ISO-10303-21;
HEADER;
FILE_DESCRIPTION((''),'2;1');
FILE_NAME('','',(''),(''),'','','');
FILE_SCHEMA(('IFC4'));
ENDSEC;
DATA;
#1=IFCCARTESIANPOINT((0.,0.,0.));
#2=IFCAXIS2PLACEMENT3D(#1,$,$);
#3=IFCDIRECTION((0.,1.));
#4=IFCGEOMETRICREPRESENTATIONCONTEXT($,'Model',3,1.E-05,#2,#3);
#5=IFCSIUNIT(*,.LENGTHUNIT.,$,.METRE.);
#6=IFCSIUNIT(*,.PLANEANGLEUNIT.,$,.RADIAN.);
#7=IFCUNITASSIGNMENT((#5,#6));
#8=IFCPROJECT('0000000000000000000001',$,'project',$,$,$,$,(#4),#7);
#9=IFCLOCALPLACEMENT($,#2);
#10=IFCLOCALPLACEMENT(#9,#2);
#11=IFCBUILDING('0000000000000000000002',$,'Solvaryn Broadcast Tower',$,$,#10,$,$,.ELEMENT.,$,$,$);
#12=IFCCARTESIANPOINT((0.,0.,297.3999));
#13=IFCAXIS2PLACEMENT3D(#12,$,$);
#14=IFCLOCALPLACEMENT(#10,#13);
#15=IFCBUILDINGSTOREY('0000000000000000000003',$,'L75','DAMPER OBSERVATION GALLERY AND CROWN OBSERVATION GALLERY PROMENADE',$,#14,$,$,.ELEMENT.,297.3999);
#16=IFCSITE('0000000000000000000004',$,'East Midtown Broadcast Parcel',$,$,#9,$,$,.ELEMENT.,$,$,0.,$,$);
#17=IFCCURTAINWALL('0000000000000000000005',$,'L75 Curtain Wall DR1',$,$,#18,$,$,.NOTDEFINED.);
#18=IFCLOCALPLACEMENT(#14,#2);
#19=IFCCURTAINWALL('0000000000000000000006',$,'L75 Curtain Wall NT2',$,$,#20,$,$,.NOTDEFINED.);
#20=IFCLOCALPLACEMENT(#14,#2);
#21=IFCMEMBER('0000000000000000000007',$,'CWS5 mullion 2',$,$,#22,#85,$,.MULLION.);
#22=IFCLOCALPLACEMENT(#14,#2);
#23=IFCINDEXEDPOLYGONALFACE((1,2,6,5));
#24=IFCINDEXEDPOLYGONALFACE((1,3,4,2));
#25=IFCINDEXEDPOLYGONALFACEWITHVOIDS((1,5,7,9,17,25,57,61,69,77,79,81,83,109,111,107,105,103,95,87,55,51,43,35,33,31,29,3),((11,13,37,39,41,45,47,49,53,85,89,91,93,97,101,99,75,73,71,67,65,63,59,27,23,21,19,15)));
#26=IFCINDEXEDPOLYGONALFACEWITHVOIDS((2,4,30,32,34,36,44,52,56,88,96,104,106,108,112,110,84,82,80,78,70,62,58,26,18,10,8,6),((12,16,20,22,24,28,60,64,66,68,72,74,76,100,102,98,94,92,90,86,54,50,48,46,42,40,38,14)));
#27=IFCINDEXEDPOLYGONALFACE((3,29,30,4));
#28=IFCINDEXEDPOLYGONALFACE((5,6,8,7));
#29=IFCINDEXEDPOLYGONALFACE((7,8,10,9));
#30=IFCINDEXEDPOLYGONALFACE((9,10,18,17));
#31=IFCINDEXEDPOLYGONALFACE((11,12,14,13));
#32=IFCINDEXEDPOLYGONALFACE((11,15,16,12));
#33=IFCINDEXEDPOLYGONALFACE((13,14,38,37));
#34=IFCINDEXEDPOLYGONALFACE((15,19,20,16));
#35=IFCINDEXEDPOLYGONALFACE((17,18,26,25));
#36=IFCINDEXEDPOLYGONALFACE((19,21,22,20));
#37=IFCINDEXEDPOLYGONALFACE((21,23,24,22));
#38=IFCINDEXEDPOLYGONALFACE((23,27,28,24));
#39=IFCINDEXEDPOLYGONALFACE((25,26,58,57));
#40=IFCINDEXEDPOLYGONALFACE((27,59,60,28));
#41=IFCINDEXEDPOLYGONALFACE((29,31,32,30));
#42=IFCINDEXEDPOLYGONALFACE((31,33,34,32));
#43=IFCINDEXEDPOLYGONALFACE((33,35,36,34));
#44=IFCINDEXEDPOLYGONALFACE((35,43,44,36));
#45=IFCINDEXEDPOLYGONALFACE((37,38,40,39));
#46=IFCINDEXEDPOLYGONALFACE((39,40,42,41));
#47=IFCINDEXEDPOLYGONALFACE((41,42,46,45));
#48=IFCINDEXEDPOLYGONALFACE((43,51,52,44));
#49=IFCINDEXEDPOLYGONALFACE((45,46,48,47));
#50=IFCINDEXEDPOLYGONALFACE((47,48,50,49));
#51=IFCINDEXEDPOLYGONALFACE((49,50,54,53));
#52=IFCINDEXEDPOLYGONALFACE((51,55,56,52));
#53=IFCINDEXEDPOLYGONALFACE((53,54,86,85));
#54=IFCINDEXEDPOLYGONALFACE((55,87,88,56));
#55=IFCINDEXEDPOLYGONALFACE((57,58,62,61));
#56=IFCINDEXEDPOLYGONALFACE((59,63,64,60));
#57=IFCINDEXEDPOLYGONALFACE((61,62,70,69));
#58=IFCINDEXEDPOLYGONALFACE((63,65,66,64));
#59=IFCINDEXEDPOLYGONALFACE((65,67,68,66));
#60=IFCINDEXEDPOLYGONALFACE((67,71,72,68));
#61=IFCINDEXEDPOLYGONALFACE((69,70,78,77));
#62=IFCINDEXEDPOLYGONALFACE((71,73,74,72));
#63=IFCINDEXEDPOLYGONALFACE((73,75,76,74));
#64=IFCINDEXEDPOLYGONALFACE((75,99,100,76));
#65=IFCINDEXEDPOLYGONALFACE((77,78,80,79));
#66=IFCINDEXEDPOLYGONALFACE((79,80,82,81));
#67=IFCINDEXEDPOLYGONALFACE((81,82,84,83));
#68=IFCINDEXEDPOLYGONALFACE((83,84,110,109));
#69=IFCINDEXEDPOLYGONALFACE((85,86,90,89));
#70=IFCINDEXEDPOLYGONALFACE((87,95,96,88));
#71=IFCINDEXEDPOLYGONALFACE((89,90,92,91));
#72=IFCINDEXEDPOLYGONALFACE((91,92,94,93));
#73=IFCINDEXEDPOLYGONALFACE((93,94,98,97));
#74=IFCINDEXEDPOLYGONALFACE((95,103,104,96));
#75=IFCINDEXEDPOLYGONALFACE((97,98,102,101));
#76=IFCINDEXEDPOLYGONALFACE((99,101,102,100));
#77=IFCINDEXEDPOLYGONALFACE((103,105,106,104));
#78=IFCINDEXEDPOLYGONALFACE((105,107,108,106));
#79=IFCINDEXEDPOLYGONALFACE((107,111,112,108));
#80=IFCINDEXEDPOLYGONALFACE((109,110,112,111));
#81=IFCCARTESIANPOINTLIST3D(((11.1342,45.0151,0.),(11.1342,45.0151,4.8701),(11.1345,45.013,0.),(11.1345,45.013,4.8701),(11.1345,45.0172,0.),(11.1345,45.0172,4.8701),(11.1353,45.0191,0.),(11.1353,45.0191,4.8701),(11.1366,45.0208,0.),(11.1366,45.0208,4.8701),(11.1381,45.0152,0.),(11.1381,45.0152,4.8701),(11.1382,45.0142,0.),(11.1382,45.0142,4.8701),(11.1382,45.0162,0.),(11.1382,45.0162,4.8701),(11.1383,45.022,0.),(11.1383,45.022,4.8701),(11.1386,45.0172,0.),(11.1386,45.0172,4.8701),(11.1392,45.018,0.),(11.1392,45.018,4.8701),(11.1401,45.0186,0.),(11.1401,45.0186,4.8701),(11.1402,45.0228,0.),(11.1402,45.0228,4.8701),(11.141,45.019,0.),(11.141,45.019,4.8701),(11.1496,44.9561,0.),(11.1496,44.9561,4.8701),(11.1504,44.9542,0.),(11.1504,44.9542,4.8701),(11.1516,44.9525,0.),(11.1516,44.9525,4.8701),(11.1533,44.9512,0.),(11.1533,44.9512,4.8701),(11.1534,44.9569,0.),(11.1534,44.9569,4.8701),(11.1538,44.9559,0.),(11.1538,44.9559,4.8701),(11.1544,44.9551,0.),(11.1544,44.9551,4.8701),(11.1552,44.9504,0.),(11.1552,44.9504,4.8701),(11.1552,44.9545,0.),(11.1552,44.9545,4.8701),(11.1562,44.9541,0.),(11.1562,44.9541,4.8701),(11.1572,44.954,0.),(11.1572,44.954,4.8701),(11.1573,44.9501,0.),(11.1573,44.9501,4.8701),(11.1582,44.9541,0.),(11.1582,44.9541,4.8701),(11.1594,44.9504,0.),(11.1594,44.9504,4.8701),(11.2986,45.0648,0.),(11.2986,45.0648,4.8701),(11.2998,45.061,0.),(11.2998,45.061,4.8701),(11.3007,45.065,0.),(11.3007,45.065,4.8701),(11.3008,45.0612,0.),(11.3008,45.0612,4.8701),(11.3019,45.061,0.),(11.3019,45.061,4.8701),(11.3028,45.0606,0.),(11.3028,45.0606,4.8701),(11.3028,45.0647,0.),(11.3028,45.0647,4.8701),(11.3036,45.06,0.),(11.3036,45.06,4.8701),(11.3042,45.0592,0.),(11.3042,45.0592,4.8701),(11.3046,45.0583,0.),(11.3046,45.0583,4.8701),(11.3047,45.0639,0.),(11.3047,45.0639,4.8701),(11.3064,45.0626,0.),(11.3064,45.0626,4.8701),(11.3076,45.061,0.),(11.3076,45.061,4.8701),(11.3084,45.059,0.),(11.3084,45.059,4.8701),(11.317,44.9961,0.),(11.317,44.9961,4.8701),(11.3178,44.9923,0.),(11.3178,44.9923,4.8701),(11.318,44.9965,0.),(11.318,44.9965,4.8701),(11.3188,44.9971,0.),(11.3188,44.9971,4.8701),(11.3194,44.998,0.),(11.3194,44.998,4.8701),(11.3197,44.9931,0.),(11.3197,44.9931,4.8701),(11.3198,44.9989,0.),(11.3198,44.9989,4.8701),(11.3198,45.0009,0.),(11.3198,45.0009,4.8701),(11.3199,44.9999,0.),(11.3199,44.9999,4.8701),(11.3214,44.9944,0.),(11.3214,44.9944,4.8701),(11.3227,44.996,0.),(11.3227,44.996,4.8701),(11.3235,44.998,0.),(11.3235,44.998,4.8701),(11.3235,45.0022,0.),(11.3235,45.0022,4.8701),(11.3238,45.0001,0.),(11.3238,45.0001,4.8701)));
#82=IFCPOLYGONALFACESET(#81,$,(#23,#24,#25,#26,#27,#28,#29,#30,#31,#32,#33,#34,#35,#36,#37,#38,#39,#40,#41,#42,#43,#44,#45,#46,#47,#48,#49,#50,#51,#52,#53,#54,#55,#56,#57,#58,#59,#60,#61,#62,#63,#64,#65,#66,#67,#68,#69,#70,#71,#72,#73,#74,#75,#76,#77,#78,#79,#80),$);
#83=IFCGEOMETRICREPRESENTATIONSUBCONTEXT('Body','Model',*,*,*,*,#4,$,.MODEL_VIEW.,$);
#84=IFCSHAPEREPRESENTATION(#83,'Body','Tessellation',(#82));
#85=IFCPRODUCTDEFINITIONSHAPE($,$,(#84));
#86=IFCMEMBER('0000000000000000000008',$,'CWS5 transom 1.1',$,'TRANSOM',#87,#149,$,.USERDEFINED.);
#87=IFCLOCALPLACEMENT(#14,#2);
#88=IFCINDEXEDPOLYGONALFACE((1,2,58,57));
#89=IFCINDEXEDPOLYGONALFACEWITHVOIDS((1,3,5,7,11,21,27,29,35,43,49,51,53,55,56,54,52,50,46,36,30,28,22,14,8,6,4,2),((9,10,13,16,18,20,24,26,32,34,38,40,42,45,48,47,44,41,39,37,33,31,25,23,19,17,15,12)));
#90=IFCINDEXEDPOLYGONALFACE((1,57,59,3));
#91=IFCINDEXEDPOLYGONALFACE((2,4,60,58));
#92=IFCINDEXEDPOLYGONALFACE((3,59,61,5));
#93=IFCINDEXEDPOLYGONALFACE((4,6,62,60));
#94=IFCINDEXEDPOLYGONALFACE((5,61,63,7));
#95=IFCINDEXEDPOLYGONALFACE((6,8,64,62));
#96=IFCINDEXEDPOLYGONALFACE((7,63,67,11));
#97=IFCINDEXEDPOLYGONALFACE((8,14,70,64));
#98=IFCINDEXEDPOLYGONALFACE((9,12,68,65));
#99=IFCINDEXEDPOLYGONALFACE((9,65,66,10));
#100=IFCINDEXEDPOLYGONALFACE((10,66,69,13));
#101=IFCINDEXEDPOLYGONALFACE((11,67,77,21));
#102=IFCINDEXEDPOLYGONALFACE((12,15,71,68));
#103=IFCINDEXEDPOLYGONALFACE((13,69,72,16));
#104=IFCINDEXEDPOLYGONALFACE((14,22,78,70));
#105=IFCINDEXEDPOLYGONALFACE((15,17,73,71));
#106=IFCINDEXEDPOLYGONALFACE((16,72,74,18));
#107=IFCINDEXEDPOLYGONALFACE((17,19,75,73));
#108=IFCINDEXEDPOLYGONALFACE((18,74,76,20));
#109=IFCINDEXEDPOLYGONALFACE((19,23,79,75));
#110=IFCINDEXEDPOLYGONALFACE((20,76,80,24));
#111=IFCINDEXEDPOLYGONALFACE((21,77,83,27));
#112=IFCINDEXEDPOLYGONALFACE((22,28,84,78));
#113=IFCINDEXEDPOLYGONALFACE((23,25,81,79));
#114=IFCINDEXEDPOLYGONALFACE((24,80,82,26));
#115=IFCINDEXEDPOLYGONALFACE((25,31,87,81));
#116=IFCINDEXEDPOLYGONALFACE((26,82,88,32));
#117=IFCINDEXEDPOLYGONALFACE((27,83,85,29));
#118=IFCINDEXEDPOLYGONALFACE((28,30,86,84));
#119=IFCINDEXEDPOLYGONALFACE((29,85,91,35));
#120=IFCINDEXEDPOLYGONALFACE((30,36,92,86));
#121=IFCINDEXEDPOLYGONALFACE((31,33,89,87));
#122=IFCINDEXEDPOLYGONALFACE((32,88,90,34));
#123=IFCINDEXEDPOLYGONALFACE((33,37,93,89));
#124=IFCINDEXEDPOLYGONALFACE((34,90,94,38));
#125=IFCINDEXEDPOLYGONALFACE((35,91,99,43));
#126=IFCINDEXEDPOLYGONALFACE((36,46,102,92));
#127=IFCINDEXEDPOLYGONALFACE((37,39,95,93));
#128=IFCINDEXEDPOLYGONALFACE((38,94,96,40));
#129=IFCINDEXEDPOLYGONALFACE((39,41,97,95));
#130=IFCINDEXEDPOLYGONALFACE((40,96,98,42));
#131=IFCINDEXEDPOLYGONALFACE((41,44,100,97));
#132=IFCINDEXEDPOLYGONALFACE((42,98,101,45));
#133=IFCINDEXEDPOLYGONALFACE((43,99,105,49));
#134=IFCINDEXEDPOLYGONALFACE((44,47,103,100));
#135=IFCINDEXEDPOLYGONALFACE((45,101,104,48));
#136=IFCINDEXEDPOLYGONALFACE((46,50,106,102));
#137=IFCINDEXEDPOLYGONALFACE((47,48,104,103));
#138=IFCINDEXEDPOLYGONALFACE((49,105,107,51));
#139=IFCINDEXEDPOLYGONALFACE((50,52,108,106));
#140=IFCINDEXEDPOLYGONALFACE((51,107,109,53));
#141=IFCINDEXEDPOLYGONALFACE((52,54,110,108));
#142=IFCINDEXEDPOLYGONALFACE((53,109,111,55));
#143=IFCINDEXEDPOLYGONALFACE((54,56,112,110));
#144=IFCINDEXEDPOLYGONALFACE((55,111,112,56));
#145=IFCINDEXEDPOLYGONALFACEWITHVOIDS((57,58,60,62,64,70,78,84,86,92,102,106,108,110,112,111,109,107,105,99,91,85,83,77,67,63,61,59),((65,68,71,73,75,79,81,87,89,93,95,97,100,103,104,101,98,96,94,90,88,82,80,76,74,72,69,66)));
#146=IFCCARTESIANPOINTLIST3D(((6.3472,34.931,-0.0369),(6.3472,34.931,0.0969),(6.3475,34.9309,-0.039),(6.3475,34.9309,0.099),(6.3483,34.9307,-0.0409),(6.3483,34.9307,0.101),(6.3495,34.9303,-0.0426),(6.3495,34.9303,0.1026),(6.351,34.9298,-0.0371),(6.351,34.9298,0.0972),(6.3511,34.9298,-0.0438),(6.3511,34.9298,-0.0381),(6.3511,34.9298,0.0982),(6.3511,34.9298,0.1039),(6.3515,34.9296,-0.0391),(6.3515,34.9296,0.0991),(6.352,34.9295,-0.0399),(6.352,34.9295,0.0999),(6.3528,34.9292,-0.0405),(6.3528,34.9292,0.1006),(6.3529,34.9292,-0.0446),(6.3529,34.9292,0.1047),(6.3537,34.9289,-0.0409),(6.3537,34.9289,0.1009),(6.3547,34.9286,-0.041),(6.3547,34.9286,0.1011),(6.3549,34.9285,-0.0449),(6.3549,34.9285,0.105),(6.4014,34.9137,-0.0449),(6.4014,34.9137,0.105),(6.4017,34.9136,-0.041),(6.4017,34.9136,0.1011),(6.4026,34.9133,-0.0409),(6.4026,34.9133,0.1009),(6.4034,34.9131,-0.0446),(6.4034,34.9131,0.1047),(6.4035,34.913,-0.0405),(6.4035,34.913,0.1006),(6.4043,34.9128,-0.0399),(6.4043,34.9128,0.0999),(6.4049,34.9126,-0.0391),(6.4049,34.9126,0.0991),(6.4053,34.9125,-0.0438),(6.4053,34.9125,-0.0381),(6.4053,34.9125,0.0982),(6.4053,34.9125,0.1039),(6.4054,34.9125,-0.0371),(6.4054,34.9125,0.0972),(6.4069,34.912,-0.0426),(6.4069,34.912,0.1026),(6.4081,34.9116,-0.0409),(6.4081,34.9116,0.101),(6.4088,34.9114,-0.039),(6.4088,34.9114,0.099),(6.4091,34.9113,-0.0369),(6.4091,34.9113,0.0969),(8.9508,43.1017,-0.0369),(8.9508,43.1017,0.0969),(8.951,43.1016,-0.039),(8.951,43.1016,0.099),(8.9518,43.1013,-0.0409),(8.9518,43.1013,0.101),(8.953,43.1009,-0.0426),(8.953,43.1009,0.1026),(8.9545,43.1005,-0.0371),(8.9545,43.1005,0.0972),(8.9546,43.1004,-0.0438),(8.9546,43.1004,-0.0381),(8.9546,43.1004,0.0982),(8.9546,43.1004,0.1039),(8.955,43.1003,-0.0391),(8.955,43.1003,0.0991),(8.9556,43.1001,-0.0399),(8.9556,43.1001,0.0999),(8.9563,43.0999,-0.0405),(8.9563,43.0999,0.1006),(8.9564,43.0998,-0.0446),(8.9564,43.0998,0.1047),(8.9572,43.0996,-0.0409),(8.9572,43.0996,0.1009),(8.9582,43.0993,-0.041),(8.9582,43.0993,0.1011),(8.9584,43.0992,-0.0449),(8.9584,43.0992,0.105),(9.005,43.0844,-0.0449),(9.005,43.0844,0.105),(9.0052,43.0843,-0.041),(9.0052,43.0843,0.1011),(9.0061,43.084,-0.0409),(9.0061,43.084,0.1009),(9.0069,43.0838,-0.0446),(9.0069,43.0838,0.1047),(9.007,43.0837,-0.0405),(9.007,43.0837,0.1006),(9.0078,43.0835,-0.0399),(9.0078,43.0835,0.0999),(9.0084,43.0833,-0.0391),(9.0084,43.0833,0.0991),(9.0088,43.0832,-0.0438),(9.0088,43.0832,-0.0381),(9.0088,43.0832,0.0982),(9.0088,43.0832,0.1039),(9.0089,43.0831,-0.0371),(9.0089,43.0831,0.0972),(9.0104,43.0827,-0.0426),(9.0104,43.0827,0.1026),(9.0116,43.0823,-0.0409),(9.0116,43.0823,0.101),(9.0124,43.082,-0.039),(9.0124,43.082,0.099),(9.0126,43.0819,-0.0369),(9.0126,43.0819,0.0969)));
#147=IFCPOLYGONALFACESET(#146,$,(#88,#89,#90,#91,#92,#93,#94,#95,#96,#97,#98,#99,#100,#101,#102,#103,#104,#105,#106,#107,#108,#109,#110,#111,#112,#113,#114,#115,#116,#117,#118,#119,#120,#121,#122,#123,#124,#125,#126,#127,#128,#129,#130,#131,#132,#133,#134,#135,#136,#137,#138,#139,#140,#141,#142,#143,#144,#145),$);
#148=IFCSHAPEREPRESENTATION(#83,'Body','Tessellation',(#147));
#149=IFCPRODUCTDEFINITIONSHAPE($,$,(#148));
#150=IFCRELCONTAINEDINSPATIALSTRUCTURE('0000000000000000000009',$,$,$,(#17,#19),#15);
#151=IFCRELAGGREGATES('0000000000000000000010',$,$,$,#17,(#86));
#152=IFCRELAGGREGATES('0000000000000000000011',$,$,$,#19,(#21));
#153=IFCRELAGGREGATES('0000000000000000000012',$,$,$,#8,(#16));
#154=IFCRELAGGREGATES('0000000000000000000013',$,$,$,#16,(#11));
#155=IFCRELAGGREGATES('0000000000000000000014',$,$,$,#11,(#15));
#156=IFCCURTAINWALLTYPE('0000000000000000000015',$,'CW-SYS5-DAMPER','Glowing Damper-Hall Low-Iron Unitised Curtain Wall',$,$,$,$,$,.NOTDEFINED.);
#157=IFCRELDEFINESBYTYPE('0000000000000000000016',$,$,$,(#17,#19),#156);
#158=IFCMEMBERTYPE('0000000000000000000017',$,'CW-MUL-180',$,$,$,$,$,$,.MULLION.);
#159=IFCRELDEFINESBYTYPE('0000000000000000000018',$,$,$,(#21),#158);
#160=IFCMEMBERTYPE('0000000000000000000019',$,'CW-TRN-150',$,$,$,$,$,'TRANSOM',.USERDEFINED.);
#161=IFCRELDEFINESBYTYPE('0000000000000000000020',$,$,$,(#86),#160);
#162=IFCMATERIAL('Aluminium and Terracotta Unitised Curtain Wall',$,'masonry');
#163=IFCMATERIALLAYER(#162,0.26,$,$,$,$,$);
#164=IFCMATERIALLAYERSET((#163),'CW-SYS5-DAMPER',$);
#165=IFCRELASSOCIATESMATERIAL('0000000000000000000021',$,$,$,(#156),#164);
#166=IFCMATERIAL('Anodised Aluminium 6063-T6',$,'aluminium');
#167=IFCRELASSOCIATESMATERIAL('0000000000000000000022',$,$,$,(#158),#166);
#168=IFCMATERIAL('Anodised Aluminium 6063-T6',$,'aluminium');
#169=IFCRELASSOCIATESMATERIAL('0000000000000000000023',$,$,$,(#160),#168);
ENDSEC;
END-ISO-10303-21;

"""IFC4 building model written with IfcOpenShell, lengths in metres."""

from ifc_helpers import new_model, si_unit, direction, frame, origin, origin_2d, place, context, subcontext, project, spatial, hollow_rectangle, extrude, material, layer, layer_set, material_profile, profile_set, type_object, element, aggregate, save


model = new_model("IFC4")

# Units and contexts
model_context = context("Model", 3, precision=1e-05, world=origin(), true_north=direction((0.0, 1.0)))
body_context = subcontext(model_context, "Body", "Model", "MODEL_VIEW")
ifc_project = project(units=[si_unit("LENGTHUNIT", "METRE"), si_unit("PLANEANGLEUNIT", "RADIAN")], contexts=[model_context])

# Site, building, storey
site_placement = place(None, origin())
site = spatial("IfcSite", under=ifc_project, at=site_placement, Name="East Midtown Broadcast Parcel", CompositionType="ELEMENT", RefElevation=0.0)
building_placement = place(site_placement, origin())
building = spatial("IfcBuilding", under=site, at=building_placement, Name="Solvaryn Broadcast Tower", CompositionType="ELEMENT")
storey_placement = place(building_placement, frame((0.0, 0.0, 297.3999)))
storey = spatial("IfcBuildingStorey", under=building, at=storey_placement, Name="L75", Description="DAMPER OBSERVATION GALLERY AND CROWN OBSERVATION GALLERY PROMENADE", CompositionType="ELEMENT", Elevation=297.3999)

# Curtain wall
ifc_material_1 = material(Name="Aluminium and Terracotta Unitised Curtain Wall", Category="masonry")
ifc_layer_1 = layer(ifc_material_1, 0.26)
ifc_layer_set_1 = layer_set([ifc_layer_1], Name="CW-SYS5-DAMPER")
curtain_wall_type = type_object("IfcCurtainWallType", Name="CW-SYS5-DAMPER", Description="Glowing Damper-Hall Low-Iron Unitised Curtain Wall", PredefinedType="NOTDEFINED", material=ifc_layer_set_1)
curtain_wall_1_placement = place(storey_placement, origin())
curtain_wall_1 = element("IfcCurtainWall", 1, at=curtain_wall_1_placement, inside=storey, type_object=curtain_wall_type, Name="L75 Curtain Wall DR1", PredefinedType="NOTDEFINED")
ifc_material_2 = material(Name="Anodised Aluminium 6063-T6", Category="aluminium")
ifc_material_profile_1 = material_profile(ifc_material_2, hollow_rectangle(XDim=0.075, YDim=0.1799, WallThickness=0.0039, InnerFilletRadius=0.0039, OuterFilletRadius=0.0081, at=origin_2d()))
ifc_profile_set_1 = profile_set([ifc_material_profile_1], Name="Anodised Aluminium 6063-T6")
member_type_1 = type_object("IfcMemberType", Name="CW-MUL-180", PredefinedType="MULLION", material=ifc_profile_set_1)

# Curtain wall, member
curtain_wall_2_placement = place(storey_placement, origin())
curtain_wall_2 = element("IfcCurtainWall", 2, at=curtain_wall_2_placement, inside=storey, type_object=curtain_wall_type, Name="L75 Curtain Wall NT2", PredefinedType="NOTDEFINED")
member_1_placement = place(storey_placement, frame((11.229, 45.0076, 0.0), z_axis=(0.0, 0.0, 1.0), x_axis=(0.255893, -0.966705, 0.0)))
member_1 = element("IfcMember", 3, at=member_1_placement, type_object=member_type_1, Name="CWS5 mullion 2", PredefinedType="MULLION", context=body_context, shape_type="SweptSolid", body=[
    extrude(hollow_rectangle(XDim=0.075, YDim=0.1799, WallThickness=0.0039, InnerFilletRadius=0.0039, OuterFilletRadius=0.0081, at=origin_2d()), origin(), (0.0, 0.0, 1.0), 4.8701),
])

# Member
ifc_material_3 = material(Name="Anodised Aluminium 6063-T6", Category="aluminium")
ifc_material_profile_2 = material_profile(ifc_material_3, hollow_rectangle(XDim=0.0649, YDim=0.1499, WallThickness=0.0039, InnerFilletRadius=0.0039, OuterFilletRadius=0.0081, at=origin_2d()))
ifc_profile_set_2 = profile_set([ifc_material_profile_2], Name="Anodised Aluminium 6063-T6")
member_type_2 = type_object("IfcMemberType", Name="CW-TRN-150", ElementType="TRANSOM", PredefinedType="USERDEFINED", material=ifc_profile_set_2)
member_2_placement = place(storey_placement, frame((8.9817, 43.0918, 0.03), z_axis=(-0.303602, -0.952799, 0.0), x_axis=(0.952799, -0.303602, 0.0)))
member_2 = element("IfcMember", 4, at=member_2_placement, type_object=member_type_2, Name="CWS5 transom 1.1", ObjectType="TRANSOM", PredefinedType="USERDEFINED", context=body_context, shape_type="SweptSolid", body=[
    extrude(hollow_rectangle(XDim=0.0649, YDim=0.1499, WallThickness=0.0039, InnerFilletRadius=0.0039, OuterFilletRadius=0.0081, at=origin_2d()), origin(), (0.0, 0.0, 1.0), 8.5754),
])
aggregate(curtain_wall_1, [member_2])

aggregate(curtain_wall_2, [member_1])

save(model, "model.ifc")
